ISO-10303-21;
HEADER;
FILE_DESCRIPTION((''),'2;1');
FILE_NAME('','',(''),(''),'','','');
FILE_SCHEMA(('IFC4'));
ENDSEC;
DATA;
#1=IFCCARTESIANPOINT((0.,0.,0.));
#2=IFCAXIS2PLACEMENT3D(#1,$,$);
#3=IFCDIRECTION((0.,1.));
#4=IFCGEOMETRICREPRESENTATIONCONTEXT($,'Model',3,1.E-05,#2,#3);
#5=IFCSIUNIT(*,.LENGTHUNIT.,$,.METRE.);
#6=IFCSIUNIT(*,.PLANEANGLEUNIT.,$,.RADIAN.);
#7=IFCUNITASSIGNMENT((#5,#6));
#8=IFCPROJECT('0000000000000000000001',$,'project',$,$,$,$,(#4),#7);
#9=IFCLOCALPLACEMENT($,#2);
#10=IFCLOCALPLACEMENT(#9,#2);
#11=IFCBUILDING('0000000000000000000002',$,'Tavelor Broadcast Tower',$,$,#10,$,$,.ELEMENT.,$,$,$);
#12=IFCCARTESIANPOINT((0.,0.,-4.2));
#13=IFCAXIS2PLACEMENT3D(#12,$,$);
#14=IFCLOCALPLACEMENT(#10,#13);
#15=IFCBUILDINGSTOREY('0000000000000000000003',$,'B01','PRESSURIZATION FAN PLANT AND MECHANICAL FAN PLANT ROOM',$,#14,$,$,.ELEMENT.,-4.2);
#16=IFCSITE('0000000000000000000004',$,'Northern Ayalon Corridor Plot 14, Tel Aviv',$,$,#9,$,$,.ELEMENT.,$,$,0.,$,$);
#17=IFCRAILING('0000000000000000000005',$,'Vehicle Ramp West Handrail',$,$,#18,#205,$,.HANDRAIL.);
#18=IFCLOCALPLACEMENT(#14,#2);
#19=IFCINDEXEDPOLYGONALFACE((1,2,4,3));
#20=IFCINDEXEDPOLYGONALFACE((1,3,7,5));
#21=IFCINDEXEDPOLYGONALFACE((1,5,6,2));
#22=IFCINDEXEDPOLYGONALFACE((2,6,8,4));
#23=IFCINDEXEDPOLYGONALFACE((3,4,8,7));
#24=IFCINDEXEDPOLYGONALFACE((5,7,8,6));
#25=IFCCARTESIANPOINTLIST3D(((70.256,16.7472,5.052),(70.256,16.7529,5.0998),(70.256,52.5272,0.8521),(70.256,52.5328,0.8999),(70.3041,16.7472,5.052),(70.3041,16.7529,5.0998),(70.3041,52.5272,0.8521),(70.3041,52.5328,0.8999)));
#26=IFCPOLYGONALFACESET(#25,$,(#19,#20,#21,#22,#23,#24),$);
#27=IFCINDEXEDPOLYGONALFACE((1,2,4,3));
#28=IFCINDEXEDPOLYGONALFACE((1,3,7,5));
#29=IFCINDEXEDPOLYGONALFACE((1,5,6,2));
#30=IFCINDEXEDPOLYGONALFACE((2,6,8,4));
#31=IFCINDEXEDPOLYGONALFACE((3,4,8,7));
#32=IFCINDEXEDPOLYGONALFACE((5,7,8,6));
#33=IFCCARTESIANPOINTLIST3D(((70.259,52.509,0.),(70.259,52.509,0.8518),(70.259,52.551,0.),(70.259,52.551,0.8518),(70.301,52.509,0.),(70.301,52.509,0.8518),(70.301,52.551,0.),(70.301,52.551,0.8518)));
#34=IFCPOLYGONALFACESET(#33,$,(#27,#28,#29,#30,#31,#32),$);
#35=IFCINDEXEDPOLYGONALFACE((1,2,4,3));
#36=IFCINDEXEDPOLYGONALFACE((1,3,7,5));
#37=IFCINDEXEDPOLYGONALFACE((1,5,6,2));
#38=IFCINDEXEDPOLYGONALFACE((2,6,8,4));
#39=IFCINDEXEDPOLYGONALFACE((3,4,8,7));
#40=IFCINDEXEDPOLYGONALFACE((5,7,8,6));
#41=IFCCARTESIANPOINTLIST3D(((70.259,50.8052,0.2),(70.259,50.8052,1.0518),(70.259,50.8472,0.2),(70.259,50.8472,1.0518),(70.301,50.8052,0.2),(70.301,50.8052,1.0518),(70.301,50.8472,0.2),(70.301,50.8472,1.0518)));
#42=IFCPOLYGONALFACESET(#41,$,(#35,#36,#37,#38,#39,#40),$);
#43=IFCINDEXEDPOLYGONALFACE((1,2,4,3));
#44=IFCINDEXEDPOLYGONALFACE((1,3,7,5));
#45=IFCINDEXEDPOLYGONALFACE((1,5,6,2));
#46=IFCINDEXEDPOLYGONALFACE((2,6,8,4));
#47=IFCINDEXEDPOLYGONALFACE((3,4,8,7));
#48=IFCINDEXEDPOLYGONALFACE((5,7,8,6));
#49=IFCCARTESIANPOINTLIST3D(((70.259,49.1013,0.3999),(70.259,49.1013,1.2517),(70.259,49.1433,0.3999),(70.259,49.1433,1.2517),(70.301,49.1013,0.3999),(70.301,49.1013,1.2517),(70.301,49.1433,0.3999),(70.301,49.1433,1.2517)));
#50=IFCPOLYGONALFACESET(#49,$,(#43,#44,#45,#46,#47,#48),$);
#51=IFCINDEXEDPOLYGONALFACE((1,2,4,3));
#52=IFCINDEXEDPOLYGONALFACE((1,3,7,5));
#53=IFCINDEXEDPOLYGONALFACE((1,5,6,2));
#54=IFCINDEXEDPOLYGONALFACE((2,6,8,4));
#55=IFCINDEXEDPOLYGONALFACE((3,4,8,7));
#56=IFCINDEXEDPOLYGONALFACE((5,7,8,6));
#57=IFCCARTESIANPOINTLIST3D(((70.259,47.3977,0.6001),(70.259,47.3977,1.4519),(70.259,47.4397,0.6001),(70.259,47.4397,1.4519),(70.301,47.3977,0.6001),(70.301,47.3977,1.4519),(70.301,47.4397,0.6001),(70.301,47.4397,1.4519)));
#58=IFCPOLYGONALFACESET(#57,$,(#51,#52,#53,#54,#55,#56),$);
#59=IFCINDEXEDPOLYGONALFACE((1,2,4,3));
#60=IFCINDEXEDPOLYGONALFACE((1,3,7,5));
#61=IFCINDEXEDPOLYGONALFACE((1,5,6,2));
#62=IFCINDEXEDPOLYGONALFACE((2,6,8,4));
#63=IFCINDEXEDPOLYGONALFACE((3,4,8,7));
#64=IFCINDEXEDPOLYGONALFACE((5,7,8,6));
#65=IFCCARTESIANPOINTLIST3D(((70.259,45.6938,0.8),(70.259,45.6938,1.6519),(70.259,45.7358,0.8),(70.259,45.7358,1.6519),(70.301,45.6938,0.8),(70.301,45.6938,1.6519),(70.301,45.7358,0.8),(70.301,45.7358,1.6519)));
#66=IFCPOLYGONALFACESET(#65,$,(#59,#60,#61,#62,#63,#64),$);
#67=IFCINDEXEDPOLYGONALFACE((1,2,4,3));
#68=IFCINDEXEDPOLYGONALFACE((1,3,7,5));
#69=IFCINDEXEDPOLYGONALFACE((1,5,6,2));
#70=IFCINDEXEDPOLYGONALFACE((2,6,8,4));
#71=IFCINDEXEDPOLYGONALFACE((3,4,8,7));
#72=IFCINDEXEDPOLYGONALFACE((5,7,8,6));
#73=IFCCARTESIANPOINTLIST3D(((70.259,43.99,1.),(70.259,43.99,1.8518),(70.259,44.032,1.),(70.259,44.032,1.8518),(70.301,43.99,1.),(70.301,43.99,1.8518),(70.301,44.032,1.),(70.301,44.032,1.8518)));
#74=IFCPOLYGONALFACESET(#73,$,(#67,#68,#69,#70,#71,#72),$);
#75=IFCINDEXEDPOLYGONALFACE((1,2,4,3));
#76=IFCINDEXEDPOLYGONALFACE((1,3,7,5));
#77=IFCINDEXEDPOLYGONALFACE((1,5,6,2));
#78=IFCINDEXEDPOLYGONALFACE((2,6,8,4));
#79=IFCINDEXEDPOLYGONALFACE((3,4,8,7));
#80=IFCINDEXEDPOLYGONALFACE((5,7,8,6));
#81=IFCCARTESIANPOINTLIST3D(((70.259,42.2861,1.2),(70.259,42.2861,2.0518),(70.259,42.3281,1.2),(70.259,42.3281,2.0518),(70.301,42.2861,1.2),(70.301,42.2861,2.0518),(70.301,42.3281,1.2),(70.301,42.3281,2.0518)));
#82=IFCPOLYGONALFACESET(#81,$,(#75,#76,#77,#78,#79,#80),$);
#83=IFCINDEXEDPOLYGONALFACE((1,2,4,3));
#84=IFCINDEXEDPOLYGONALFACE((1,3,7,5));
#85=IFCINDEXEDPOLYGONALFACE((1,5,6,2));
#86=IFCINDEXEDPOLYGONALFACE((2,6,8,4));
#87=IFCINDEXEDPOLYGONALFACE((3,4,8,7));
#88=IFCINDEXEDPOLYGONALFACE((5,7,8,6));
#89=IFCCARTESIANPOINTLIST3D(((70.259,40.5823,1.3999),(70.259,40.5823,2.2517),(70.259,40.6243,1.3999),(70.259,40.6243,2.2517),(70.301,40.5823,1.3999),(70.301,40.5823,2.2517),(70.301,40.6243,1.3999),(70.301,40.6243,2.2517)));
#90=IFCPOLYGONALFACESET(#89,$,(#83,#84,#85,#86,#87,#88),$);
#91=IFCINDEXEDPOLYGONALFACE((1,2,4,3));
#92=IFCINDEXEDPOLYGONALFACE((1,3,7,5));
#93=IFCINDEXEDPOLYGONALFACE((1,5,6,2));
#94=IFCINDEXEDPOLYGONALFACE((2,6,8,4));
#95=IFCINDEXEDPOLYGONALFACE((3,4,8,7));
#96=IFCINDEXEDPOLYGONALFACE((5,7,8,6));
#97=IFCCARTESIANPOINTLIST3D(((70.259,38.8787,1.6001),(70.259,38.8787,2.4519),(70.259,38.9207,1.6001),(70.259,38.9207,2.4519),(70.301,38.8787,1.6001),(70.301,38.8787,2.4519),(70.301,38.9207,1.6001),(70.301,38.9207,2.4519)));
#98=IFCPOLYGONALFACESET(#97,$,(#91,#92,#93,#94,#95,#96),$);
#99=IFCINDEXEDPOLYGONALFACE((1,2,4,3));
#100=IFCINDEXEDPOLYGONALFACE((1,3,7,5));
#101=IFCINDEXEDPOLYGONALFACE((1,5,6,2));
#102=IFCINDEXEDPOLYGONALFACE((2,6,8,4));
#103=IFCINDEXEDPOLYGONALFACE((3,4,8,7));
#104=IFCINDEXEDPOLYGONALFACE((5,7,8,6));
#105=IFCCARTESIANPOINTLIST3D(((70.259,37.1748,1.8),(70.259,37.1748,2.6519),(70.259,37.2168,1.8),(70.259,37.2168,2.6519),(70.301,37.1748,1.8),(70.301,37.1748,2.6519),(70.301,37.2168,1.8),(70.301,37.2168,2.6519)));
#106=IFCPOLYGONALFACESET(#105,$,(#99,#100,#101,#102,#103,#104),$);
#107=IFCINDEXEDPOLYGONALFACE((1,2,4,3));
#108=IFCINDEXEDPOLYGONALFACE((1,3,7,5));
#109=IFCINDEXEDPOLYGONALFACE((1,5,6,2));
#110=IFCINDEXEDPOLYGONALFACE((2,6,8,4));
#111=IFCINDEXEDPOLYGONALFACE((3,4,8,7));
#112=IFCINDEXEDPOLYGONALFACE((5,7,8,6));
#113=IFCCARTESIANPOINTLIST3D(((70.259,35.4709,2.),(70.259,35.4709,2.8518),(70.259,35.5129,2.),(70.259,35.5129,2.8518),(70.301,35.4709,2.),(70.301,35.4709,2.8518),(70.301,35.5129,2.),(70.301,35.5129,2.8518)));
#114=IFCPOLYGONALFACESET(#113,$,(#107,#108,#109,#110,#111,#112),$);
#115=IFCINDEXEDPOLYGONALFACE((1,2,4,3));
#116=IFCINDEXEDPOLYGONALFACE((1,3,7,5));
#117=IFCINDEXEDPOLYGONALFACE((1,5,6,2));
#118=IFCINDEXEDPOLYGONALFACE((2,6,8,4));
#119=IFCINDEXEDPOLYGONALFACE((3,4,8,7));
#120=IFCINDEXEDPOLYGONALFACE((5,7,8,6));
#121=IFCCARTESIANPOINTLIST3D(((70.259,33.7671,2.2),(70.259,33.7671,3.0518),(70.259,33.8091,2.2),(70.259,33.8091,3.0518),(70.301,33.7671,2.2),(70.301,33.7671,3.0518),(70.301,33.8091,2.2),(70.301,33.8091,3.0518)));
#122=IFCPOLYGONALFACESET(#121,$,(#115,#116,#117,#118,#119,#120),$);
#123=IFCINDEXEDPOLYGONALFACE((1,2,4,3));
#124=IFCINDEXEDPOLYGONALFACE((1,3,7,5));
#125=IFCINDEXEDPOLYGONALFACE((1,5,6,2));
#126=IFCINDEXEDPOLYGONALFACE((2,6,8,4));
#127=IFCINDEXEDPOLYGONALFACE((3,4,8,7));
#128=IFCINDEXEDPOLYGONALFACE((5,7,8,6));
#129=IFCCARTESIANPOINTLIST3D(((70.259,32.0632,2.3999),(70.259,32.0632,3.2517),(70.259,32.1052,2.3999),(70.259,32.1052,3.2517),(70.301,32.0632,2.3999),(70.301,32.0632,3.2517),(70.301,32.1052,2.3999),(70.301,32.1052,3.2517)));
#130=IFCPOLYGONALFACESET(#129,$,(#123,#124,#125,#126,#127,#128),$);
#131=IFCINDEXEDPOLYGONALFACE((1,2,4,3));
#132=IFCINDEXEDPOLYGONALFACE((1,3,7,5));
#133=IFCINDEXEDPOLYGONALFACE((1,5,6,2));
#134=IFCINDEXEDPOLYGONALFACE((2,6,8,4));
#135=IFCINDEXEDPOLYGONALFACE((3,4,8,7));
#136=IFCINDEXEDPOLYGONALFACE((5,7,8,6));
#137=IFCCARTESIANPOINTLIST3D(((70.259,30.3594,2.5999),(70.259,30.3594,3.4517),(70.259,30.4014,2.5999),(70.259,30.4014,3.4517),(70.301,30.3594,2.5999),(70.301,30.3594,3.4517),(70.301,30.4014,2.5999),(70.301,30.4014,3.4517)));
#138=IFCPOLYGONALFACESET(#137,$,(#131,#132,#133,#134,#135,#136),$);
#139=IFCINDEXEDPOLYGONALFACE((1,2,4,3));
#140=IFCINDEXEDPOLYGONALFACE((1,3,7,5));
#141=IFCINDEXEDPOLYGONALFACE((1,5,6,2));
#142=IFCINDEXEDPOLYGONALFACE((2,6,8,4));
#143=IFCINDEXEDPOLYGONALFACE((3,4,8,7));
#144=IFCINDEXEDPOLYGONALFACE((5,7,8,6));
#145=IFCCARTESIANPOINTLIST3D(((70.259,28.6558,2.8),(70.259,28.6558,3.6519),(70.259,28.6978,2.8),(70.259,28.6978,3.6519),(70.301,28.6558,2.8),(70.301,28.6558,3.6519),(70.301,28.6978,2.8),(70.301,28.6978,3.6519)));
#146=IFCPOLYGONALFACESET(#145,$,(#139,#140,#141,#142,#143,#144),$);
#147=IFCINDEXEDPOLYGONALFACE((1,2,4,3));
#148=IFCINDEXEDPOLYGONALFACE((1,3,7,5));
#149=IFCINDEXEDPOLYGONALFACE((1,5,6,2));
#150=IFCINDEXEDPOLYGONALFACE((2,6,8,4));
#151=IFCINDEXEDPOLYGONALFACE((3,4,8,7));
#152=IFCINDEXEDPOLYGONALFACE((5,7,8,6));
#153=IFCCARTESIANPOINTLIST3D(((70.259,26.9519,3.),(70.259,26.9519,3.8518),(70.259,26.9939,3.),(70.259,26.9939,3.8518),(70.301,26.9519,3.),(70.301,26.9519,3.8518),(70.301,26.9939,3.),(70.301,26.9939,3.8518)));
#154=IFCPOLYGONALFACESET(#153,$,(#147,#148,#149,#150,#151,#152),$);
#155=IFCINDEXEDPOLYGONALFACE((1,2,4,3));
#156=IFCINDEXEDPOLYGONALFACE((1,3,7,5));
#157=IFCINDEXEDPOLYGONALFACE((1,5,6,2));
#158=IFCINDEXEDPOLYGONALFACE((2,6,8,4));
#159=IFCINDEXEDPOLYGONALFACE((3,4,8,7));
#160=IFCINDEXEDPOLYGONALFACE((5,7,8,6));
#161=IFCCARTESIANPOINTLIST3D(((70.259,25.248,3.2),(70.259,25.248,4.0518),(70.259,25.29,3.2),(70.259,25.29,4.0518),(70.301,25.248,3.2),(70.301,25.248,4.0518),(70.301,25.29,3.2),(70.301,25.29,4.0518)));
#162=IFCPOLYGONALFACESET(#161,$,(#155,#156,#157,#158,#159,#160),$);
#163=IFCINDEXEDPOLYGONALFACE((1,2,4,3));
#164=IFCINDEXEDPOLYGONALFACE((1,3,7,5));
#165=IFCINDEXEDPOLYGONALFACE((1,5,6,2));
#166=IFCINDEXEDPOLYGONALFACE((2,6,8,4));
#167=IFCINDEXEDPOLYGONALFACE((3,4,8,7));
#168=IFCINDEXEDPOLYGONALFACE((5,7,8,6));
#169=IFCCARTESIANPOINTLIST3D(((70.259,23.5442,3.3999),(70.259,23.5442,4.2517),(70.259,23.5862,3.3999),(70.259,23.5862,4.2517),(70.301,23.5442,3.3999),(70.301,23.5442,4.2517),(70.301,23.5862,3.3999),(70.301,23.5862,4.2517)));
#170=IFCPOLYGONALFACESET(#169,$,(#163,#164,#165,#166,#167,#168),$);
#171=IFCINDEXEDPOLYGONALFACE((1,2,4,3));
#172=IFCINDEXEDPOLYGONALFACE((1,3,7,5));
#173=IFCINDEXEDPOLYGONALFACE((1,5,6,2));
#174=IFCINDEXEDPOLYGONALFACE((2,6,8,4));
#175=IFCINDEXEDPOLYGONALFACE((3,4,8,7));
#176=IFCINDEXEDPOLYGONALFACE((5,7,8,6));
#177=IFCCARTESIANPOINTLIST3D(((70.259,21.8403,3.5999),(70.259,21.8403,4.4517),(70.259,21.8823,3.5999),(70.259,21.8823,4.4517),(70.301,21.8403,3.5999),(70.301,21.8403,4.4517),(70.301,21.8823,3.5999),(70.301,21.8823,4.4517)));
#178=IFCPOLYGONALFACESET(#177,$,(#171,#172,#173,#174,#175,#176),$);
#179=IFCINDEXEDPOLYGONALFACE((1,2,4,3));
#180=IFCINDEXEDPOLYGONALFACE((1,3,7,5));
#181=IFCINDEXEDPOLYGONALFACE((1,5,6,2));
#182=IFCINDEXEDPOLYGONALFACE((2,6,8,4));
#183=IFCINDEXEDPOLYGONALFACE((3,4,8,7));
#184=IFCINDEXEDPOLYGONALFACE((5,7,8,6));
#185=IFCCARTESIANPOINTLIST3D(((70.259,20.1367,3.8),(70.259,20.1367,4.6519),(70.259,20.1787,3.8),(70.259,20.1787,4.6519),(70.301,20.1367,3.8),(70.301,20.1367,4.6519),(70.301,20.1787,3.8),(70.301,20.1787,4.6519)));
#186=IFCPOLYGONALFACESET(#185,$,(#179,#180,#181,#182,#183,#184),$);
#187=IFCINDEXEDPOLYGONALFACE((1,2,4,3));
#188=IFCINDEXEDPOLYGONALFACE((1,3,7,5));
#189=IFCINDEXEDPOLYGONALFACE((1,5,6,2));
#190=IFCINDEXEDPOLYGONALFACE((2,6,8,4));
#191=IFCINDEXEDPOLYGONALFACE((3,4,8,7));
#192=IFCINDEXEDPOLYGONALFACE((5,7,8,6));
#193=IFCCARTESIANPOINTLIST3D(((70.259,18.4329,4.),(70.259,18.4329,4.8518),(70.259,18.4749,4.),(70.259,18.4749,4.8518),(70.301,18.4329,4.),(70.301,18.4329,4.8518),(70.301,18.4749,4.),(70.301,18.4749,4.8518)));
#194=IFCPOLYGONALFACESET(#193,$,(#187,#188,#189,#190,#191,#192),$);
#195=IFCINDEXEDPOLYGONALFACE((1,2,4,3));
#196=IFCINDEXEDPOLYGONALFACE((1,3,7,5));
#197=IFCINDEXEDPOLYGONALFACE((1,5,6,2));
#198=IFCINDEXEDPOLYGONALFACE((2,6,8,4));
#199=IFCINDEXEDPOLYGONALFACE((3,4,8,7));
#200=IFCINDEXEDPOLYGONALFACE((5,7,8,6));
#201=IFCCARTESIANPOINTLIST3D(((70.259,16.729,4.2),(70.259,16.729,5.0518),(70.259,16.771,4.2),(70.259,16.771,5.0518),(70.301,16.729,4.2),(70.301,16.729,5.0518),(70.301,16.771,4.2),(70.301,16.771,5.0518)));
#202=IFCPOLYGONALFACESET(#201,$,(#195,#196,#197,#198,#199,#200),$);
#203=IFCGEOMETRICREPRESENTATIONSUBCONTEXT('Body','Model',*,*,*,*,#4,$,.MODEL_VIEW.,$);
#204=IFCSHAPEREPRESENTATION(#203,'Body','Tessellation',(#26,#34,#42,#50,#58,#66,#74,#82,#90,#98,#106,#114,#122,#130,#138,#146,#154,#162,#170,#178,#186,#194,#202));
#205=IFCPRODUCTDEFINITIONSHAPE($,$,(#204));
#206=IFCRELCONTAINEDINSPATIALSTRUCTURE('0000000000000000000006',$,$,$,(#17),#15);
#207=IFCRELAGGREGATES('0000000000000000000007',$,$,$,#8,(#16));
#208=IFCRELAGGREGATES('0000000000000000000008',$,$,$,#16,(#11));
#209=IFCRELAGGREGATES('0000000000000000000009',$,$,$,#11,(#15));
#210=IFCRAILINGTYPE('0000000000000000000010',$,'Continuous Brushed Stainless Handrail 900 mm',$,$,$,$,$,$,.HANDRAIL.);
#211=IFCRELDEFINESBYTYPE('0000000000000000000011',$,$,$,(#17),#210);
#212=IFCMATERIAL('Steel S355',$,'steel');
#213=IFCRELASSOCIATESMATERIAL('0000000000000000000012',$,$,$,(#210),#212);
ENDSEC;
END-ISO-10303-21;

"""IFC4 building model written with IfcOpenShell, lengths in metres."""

from ifc_helpers import new_model, si_unit, direction, frame, origin, origin_2d, place, context, subcontext, project, spatial, rectangle, extrude, material, type_object, element, save


model = new_model("IFC4")

# Units and contexts
model_context = context("Model", 3, precision=1e-05, world=origin(), true_north=direction((0.0, 1.0)))
body_context = subcontext(model_context, "Body", "Model", "MODEL_VIEW")
ifc_project = project(units=[si_unit("LENGTHUNIT", "METRE"), si_unit("PLANEANGLEUNIT", "RADIAN")], contexts=[model_context])

# Site, building, storey
site_placement = place(None, origin())
site = spatial("IfcSite", under=ifc_project, at=site_placement, Name="Northern Ayalon Corridor Plot 14, Tel Aviv", CompositionType="ELEMENT", RefElevation=0.0)
building_placement = place(site_placement, origin())
building = spatial("IfcBuilding", under=site, at=building_placement, Name="Tavelor Broadcast Tower", CompositionType="ELEMENT")
storey_placement = place(building_placement, frame((0.0, 0.0, -4.2)))
storey = spatial("IfcBuildingStorey", under=building, at=storey_placement, Name="B01", Description="PRESSURIZATION FAN PLANT AND MECHANICAL FAN PLANT ROOM", CompositionType="ELEMENT", Elevation=-4.2)

# Shared definitions
ifc_material_1 = material(Name="Steel S355", Category="steel")

# Railing
railing_type_1 = type_object("IfcRailingType", Name="Continuous Brushed Stainless Handrail 900 mm", PredefinedType="HANDRAIL", material=ifc_material_1)
railing_1_placement = place(storey_placement, frame((70.28, 52.53, 0.0)))
element("IfcRailing", 1, at=railing_1_placement, inside=storey, type_object=railing_type_1, Name="Vehicle Ramp West Handrail", PredefinedType="HANDRAIL", context=body_context, shape_type="SweptSolid", body=[
    extrude(rectangle(XDim=0.0481, YDim=0.0481, at=origin_2d()), frame((0.0, 0.0, 0.876), z_axis=(0.0, -0.993181, 0.116582), x_axis=(1.0, 0.0, 0.0)), (0.0, 0.0, 1.0), 36.0256),
    extrude(rectangle(XDim=0.042, YDim=0.042, at=origin_2d()), origin(), (0.0, 0.0, 1.0), 0.8518),
    extrude(rectangle(XDim=0.042, YDim=0.042, at=origin_2d()), frame((0.0, -1.7039, 0.2)), (0.0, 0.0, 1.0), 0.8518),
    extrude(rectangle(XDim=0.042, YDim=0.042, at=origin_2d()), frame((0.0, -3.4077, 0.3999)), (0.0, 0.0, 1.0), 0.8518),
    extrude(rectangle(XDim=0.042, YDim=0.042, at=origin_2d()), frame((0.0, -5.1113, 0.6001)), (0.0, 0.0, 1.0), 0.8518),
    extrude(rectangle(XDim=0.042, YDim=0.042, at=origin_2d()), frame((0.0, -6.8152, 0.8)), (0.0, 0.0, 1.0), 0.8518),
    extrude(rectangle(XDim=0.042, YDim=0.042, at=origin_2d()), frame((0.0, -8.519, 1.0)), (0.0, 0.0, 1.0), 0.8518),
    extrude(rectangle(XDim=0.042, YDim=0.042, at=origin_2d()), frame((0.0, -10.2229, 1.2)), (0.0, 0.0, 1.0), 0.8518),
    extrude(rectangle(XDim=0.042, YDim=0.042, at=origin_2d()), frame((0.0, -11.9268, 1.3999)), (0.0, 0.0, 1.0), 0.8518),
    extrude(rectangle(XDim=0.042, YDim=0.042, at=origin_2d()), frame((0.0, -13.6304, 1.6001)), (0.0, 0.0, 1.0), 0.8518),
    extrude(rectangle(XDim=0.042, YDim=0.042, at=origin_2d()), frame((0.0, -15.3342, 1.8)), (0.0, 0.0, 1.0), 0.8518),
    extrude(rectangle(XDim=0.042, YDim=0.042, at=origin_2d()), frame((0.0, -17.0381, 2.0)), (0.0, 0.0, 1.0), 0.8518),
    extrude(rectangle(XDim=0.042, YDim=0.042, at=origin_2d()), frame((0.0, -18.7419, 2.2)), (0.0, 0.0, 1.0), 0.8518),
    extrude(rectangle(XDim=0.042, YDim=0.042, at=origin_2d()), frame((0.0, -20.4458, 2.3999)), (0.0, 0.0, 1.0), 0.8518),
    extrude(rectangle(XDim=0.042, YDim=0.042, at=origin_2d()), frame((0.0, -22.1497, 2.5999)), (0.0, 0.0, 1.0), 0.8518),
    extrude(rectangle(XDim=0.042, YDim=0.042, at=origin_2d()), frame((0.0, -23.8533, 2.8)), (0.0, 0.0, 1.0), 0.8518),
    extrude(rectangle(XDim=0.042, YDim=0.042, at=origin_2d()), frame((0.0, -25.5571, 3.0)), (0.0, 0.0, 1.0), 0.8518),
    extrude(rectangle(XDim=0.042, YDim=0.042, at=origin_2d()), frame((0.0, -27.261, 3.2)), (0.0, 0.0, 1.0), 0.8518),
    extrude(rectangle(XDim=0.042, YDim=0.042, at=origin_2d()), frame((0.0, -28.9648, 3.3999)), (0.0, 0.0, 1.0), 0.8518),
    extrude(rectangle(XDim=0.042, YDim=0.042, at=origin_2d()), frame((0.0, -30.6687, 3.5999)), (0.0, 0.0, 1.0), 0.8518),
    extrude(rectangle(XDim=0.042, YDim=0.042, at=origin_2d()), frame((0.0, -32.3723, 3.8)), (0.0, 0.0, 1.0), 0.8518),
    extrude(rectangle(XDim=0.042, YDim=0.042, at=origin_2d()), frame((0.0, -34.0762, 4.0)), (0.0, 0.0, 1.0), 0.8518),
    extrude(rectangle(XDim=0.042, YDim=0.042, at=origin_2d()), frame((0.0, -35.78, 4.2)), (0.0, 0.0, 1.0), 0.8518),
])

save(model, "model.ifc")
